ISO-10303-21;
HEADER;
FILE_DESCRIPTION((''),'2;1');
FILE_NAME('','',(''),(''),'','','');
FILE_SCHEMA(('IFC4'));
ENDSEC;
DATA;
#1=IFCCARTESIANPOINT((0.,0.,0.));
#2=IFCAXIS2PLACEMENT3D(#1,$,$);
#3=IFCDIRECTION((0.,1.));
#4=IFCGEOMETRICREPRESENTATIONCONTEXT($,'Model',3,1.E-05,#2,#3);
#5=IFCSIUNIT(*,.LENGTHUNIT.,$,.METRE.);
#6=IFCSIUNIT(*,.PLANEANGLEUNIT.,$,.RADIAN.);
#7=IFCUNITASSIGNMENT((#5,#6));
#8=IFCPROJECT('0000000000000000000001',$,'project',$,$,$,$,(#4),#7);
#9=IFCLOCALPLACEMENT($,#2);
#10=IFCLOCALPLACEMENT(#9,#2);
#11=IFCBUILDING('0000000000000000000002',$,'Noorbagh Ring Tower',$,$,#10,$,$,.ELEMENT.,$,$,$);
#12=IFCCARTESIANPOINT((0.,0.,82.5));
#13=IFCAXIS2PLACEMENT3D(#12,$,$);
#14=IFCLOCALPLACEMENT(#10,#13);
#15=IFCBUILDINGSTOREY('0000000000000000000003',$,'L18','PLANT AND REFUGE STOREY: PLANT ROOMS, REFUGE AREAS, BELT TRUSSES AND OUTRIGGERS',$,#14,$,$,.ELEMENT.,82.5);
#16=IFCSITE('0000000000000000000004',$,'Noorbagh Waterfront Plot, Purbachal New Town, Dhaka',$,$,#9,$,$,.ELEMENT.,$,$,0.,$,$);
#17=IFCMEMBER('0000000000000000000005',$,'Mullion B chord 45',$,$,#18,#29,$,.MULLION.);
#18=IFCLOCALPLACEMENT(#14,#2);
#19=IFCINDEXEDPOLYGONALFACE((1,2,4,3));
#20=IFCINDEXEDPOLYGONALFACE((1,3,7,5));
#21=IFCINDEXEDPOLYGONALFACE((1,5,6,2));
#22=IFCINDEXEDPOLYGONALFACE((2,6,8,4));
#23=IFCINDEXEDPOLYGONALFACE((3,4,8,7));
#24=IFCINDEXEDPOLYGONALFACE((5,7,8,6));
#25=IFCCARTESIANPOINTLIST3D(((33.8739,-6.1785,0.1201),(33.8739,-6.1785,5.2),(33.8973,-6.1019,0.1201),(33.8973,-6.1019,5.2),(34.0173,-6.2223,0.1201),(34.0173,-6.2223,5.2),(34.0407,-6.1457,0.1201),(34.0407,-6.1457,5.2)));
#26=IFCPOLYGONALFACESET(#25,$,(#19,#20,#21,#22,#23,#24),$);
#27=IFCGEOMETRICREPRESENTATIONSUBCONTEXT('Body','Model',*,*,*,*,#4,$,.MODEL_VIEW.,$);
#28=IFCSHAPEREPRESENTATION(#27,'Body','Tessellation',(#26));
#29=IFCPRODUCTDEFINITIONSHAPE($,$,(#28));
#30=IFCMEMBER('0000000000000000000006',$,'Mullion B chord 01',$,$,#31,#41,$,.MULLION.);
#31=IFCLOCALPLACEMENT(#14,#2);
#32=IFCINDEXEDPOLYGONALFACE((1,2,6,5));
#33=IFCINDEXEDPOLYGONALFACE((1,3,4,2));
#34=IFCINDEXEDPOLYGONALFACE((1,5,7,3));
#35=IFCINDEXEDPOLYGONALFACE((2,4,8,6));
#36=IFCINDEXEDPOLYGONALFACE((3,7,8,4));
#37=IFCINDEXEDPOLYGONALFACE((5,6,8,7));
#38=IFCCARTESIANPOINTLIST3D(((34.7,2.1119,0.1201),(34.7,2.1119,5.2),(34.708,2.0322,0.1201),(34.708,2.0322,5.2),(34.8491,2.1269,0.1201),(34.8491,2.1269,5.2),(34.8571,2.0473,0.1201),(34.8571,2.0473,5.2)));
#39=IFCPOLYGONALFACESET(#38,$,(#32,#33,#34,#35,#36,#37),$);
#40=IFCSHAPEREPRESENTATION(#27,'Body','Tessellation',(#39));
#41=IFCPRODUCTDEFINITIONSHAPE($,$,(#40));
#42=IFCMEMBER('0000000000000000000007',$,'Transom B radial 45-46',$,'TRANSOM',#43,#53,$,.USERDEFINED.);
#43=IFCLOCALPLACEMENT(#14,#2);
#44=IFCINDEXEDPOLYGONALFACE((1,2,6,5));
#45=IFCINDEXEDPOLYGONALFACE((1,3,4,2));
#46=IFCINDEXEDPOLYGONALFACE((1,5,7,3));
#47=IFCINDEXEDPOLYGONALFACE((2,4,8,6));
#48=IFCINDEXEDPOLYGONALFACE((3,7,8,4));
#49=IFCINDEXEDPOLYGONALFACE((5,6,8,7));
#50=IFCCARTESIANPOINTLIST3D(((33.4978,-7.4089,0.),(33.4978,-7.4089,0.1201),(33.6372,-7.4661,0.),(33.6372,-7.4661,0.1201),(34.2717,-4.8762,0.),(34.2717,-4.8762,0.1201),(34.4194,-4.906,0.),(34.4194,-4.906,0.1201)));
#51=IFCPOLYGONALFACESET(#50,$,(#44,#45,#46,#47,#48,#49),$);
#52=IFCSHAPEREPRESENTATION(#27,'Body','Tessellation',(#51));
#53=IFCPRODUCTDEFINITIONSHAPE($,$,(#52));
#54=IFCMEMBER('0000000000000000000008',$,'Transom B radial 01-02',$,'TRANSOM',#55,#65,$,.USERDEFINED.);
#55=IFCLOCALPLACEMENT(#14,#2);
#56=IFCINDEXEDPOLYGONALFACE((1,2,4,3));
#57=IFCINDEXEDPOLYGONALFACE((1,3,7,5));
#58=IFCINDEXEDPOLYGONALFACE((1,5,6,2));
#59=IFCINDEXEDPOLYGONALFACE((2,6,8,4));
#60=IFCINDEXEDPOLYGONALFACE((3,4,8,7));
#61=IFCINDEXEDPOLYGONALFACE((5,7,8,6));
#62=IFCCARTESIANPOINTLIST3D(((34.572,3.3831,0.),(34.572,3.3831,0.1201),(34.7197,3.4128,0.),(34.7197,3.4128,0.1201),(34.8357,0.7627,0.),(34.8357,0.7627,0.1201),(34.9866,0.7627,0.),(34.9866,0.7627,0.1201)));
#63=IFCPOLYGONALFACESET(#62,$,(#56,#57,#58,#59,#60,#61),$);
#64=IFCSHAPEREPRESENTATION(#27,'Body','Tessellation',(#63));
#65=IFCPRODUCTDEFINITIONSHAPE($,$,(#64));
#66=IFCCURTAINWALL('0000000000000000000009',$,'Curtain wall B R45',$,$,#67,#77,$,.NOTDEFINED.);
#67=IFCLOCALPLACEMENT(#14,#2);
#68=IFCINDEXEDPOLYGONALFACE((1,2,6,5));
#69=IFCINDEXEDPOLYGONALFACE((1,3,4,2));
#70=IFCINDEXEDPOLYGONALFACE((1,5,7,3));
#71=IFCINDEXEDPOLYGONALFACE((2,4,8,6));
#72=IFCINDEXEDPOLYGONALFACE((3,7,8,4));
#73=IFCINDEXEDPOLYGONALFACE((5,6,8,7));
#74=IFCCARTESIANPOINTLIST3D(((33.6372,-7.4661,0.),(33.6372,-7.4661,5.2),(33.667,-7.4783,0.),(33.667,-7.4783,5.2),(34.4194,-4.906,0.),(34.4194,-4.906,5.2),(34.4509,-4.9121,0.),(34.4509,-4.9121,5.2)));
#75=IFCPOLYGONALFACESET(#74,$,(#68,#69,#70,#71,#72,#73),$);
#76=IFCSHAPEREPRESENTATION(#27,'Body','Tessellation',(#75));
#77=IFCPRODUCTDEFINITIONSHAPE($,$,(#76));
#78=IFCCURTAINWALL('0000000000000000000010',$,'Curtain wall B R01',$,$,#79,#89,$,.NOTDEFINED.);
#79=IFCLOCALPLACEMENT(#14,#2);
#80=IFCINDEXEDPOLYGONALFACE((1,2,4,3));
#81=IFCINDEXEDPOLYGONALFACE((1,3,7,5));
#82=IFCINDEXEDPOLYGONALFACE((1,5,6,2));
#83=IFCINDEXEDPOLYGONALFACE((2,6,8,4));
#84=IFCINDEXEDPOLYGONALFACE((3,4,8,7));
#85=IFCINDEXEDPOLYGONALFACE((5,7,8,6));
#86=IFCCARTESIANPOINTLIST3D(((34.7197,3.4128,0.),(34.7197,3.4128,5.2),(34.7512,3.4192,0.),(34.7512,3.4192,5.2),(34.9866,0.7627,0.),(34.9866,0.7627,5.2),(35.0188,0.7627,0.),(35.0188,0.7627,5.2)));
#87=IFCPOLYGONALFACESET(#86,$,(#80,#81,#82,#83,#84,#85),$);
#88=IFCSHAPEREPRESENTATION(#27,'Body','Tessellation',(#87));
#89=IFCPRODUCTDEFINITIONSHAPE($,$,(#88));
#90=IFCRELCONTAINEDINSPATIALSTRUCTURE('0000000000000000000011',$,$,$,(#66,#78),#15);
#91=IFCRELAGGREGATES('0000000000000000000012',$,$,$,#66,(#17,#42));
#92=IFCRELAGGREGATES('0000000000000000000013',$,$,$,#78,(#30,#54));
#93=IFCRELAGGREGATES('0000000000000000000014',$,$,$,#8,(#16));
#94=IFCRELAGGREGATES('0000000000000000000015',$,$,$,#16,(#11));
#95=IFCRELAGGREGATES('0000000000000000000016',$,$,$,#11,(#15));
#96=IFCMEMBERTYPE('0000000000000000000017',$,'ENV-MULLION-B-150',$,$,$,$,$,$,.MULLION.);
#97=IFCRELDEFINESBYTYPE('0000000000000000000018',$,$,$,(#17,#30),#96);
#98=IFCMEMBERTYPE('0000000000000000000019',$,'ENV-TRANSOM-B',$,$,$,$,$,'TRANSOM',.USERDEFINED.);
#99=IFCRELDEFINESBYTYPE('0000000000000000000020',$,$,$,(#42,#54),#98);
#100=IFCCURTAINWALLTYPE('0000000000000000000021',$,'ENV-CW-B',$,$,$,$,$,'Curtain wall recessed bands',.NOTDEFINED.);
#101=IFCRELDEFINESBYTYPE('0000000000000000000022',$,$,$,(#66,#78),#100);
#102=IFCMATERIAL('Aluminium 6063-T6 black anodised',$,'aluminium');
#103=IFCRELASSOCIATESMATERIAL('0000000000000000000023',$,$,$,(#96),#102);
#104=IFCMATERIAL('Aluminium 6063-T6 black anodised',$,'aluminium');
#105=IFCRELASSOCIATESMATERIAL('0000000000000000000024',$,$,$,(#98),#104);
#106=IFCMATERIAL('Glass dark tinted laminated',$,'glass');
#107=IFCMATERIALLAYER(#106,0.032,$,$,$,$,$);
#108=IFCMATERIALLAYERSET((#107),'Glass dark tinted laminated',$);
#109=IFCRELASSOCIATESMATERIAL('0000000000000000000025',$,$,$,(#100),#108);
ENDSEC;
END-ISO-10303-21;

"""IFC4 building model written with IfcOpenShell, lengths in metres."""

from ifc_helpers import new_model, si_unit, direction, frame, origin, origin_2d, place, context, subcontext, project, spatial, polyline, rectangle, outline, extrude, material, layer, layer_set, material_profile, profile_set, type_object, element, aggregate, save


model = new_model("IFC4")

# Units and contexts
model_context = context("Model", 3, precision=1e-05, world=origin(), true_north=direction((0.0, 1.0)))
body_context = subcontext(model_context, "Body", "Model", "MODEL_VIEW")
ifc_project = project(units=[si_unit("LENGTHUNIT", "METRE"), si_unit("PLANEANGLEUNIT", "RADIAN")], contexts=[model_context])

# Members
ifc_material_1 = material(Name="Aluminium 6063-T6 black anodised", Category="aluminium")
ifc_material_profile_1 = material_profile(ifc_material_1, rectangle(XDim=0.1499, YDim=0.0801, at=origin_2d()), Name="150x80")
ifc_profile_set_1 = profile_set([ifc_material_profile_1], Name="Aluminium 6063-T6 black anodised")
member_type_1 = type_object("IfcMemberType", Name="ENV-MULLION-B-150", PredefinedType="MULLION", material=ifc_profile_set_1)
site_placement = place(None, origin())
building_placement = place(site_placement, origin())
storey_placement = place(building_placement, frame((0.0, 0.0, 82.5)))
member_1_placement = place(storey_placement, frame((33.9573, -6.1621, 0.1201), z_axis=(0.0, 0.0, 1.0), x_axis=(-0.956366, 0.29217, 0.0)))
member_1 = element("IfcMember", 1, at=member_1_placement, type_object=member_type_1, Name="Mullion B chord 45", PredefinedType="MULLION", context=body_context, shape_type="SweptSolid", body=[
    extrude(rectangle(XDim=0.1499, YDim=0.0801, at=origin_2d()), origin(), (0.0, 0.0, 1.0), 5.0798),
])
member_2_placement = place(storey_placement, frame((34.7786, 2.0796, 0.1201), z_axis=(0.0, 0.0, 1.0), x_axis=(-0.99497, -0.100178, 0.0)))
member_2 = element("IfcMember", 2, at=member_2_placement, type_object=member_type_1, Name="Mullion B chord 01", PredefinedType="MULLION", context=body_context, shape_type="SweptSolid", body=[
    extrude(rectangle(XDim=0.1499, YDim=0.0801, at=origin_2d()), origin(), (0.0, 0.0, 1.0), 5.0798),
])
ifc_material_2 = material(Name="Aluminium 6063-T6 black anodised", Category="aluminium")
member_type_2 = type_object("IfcMemberType", Name="ENV-TRANSOM-B", ElementType="TRANSOM", PredefinedType="USERDEFINED", material=ifc_material_2)
member_3_placement = place(storey_placement, origin())
member_3 = element("IfcMember", 3, at=member_3_placement, type_object=member_type_2, Name="Transom B radial 45-46", ObjectType="TRANSOM", PredefinedType="USERDEFINED", context=body_context, shape_type="SweptSolid", body=[
    extrude(outline(polyline([(33.6372, -7.4661), (34.4194, -4.906), (34.2717, -4.8762), (33.4978, -7.4089), (33.6372, -7.4661)])), origin(), (0.0, 0.0, 1.0), 0.1201),
])
member_4_placement = place(storey_placement, origin())
member_4 = element("IfcMember", 4, at=member_4_placement, type_object=member_type_2, Name="Transom B radial 01-02", ObjectType="TRANSOM", PredefinedType="USERDEFINED", context=body_context, shape_type="SweptSolid", body=[
    extrude(outline(polyline([(34.9866, 0.7627), (34.7197, 3.4128), (34.572, 3.3831), (34.8357, 0.7627), (34.9866, 0.7627)])), origin(), (0.0, 0.0, 1.0), 0.1201),
])

# Site, building, storey
site = spatial("IfcSite", under=ifc_project, at=site_placement, Name="Noorbagh Waterfront Plot, Purbachal New Town, Dhaka", CompositionType="ELEMENT", RefElevation=0.0)
building = spatial("IfcBuilding", under=site, at=building_placement, Name="Noorbagh Ring Tower", CompositionType="ELEMENT")
storey = spatial("IfcBuildingStorey", under=building, at=storey_placement, Name="L18", Description="PLANT AND REFUGE STOREY: PLANT ROOMS, REFUGE AREAS, BELT TRUSSES AND OUTRIGGERS", CompositionType="ELEMENT", Elevation=82.5)

# Curtain walls
ifc_material_3 = material(Name="Glass dark tinted laminated", Category="glass")
ifc_layer_1 = layer(ifc_material_3, 0.032)
ifc_layer_set_1 = layer_set([ifc_layer_1], Name="Glass dark tinted laminated")
curtain_wall_type_1 = type_object("IfcCurtainWallType", Name="ENV-CW-B", ElementType="Curtain wall recessed bands", PredefinedType="NOTDEFINED", material=ifc_layer_set_1)
curtain_wall_1_placement = place(storey_placement, origin())
curtain_wall_1 = element("IfcCurtainWall", 5, at=curtain_wall_1_placement, inside=storey, type_object=curtain_wall_type_1, Name="Curtain wall B R45", PredefinedType="NOTDEFINED", context=body_context, shape_type="SweptSolid", body=[
    extrude(outline(polyline([(33.667, -7.4783), (34.4509, -4.9121), (34.4194, -4.906), (33.6372, -7.4661), (33.667, -7.4783)])), origin(), (0.0, 0.0, 1.0), 5.2),
])
aggregate(curtain_wall_1, [member_1, member_3])
curtain_wall_2_placement = place(storey_placement, origin())
curtain_wall_2 = element("IfcCurtainWall", 6, at=curtain_wall_2_placement, inside=storey, type_object=curtain_wall_type_1, Name="Curtain wall B R01", PredefinedType="NOTDEFINED", context=body_context, shape_type="SweptSolid", body=[
    extrude(outline(polyline([(35.0188, 0.7627), (34.7512, 3.4192), (34.7197, 3.4128), (34.9866, 0.7627), (35.0188, 0.7627)])), origin(), (0.0, 0.0, 1.0), 5.2),
])
aggregate(curtain_wall_2, [member_2, member_4])

save(model, "model.ifc")
